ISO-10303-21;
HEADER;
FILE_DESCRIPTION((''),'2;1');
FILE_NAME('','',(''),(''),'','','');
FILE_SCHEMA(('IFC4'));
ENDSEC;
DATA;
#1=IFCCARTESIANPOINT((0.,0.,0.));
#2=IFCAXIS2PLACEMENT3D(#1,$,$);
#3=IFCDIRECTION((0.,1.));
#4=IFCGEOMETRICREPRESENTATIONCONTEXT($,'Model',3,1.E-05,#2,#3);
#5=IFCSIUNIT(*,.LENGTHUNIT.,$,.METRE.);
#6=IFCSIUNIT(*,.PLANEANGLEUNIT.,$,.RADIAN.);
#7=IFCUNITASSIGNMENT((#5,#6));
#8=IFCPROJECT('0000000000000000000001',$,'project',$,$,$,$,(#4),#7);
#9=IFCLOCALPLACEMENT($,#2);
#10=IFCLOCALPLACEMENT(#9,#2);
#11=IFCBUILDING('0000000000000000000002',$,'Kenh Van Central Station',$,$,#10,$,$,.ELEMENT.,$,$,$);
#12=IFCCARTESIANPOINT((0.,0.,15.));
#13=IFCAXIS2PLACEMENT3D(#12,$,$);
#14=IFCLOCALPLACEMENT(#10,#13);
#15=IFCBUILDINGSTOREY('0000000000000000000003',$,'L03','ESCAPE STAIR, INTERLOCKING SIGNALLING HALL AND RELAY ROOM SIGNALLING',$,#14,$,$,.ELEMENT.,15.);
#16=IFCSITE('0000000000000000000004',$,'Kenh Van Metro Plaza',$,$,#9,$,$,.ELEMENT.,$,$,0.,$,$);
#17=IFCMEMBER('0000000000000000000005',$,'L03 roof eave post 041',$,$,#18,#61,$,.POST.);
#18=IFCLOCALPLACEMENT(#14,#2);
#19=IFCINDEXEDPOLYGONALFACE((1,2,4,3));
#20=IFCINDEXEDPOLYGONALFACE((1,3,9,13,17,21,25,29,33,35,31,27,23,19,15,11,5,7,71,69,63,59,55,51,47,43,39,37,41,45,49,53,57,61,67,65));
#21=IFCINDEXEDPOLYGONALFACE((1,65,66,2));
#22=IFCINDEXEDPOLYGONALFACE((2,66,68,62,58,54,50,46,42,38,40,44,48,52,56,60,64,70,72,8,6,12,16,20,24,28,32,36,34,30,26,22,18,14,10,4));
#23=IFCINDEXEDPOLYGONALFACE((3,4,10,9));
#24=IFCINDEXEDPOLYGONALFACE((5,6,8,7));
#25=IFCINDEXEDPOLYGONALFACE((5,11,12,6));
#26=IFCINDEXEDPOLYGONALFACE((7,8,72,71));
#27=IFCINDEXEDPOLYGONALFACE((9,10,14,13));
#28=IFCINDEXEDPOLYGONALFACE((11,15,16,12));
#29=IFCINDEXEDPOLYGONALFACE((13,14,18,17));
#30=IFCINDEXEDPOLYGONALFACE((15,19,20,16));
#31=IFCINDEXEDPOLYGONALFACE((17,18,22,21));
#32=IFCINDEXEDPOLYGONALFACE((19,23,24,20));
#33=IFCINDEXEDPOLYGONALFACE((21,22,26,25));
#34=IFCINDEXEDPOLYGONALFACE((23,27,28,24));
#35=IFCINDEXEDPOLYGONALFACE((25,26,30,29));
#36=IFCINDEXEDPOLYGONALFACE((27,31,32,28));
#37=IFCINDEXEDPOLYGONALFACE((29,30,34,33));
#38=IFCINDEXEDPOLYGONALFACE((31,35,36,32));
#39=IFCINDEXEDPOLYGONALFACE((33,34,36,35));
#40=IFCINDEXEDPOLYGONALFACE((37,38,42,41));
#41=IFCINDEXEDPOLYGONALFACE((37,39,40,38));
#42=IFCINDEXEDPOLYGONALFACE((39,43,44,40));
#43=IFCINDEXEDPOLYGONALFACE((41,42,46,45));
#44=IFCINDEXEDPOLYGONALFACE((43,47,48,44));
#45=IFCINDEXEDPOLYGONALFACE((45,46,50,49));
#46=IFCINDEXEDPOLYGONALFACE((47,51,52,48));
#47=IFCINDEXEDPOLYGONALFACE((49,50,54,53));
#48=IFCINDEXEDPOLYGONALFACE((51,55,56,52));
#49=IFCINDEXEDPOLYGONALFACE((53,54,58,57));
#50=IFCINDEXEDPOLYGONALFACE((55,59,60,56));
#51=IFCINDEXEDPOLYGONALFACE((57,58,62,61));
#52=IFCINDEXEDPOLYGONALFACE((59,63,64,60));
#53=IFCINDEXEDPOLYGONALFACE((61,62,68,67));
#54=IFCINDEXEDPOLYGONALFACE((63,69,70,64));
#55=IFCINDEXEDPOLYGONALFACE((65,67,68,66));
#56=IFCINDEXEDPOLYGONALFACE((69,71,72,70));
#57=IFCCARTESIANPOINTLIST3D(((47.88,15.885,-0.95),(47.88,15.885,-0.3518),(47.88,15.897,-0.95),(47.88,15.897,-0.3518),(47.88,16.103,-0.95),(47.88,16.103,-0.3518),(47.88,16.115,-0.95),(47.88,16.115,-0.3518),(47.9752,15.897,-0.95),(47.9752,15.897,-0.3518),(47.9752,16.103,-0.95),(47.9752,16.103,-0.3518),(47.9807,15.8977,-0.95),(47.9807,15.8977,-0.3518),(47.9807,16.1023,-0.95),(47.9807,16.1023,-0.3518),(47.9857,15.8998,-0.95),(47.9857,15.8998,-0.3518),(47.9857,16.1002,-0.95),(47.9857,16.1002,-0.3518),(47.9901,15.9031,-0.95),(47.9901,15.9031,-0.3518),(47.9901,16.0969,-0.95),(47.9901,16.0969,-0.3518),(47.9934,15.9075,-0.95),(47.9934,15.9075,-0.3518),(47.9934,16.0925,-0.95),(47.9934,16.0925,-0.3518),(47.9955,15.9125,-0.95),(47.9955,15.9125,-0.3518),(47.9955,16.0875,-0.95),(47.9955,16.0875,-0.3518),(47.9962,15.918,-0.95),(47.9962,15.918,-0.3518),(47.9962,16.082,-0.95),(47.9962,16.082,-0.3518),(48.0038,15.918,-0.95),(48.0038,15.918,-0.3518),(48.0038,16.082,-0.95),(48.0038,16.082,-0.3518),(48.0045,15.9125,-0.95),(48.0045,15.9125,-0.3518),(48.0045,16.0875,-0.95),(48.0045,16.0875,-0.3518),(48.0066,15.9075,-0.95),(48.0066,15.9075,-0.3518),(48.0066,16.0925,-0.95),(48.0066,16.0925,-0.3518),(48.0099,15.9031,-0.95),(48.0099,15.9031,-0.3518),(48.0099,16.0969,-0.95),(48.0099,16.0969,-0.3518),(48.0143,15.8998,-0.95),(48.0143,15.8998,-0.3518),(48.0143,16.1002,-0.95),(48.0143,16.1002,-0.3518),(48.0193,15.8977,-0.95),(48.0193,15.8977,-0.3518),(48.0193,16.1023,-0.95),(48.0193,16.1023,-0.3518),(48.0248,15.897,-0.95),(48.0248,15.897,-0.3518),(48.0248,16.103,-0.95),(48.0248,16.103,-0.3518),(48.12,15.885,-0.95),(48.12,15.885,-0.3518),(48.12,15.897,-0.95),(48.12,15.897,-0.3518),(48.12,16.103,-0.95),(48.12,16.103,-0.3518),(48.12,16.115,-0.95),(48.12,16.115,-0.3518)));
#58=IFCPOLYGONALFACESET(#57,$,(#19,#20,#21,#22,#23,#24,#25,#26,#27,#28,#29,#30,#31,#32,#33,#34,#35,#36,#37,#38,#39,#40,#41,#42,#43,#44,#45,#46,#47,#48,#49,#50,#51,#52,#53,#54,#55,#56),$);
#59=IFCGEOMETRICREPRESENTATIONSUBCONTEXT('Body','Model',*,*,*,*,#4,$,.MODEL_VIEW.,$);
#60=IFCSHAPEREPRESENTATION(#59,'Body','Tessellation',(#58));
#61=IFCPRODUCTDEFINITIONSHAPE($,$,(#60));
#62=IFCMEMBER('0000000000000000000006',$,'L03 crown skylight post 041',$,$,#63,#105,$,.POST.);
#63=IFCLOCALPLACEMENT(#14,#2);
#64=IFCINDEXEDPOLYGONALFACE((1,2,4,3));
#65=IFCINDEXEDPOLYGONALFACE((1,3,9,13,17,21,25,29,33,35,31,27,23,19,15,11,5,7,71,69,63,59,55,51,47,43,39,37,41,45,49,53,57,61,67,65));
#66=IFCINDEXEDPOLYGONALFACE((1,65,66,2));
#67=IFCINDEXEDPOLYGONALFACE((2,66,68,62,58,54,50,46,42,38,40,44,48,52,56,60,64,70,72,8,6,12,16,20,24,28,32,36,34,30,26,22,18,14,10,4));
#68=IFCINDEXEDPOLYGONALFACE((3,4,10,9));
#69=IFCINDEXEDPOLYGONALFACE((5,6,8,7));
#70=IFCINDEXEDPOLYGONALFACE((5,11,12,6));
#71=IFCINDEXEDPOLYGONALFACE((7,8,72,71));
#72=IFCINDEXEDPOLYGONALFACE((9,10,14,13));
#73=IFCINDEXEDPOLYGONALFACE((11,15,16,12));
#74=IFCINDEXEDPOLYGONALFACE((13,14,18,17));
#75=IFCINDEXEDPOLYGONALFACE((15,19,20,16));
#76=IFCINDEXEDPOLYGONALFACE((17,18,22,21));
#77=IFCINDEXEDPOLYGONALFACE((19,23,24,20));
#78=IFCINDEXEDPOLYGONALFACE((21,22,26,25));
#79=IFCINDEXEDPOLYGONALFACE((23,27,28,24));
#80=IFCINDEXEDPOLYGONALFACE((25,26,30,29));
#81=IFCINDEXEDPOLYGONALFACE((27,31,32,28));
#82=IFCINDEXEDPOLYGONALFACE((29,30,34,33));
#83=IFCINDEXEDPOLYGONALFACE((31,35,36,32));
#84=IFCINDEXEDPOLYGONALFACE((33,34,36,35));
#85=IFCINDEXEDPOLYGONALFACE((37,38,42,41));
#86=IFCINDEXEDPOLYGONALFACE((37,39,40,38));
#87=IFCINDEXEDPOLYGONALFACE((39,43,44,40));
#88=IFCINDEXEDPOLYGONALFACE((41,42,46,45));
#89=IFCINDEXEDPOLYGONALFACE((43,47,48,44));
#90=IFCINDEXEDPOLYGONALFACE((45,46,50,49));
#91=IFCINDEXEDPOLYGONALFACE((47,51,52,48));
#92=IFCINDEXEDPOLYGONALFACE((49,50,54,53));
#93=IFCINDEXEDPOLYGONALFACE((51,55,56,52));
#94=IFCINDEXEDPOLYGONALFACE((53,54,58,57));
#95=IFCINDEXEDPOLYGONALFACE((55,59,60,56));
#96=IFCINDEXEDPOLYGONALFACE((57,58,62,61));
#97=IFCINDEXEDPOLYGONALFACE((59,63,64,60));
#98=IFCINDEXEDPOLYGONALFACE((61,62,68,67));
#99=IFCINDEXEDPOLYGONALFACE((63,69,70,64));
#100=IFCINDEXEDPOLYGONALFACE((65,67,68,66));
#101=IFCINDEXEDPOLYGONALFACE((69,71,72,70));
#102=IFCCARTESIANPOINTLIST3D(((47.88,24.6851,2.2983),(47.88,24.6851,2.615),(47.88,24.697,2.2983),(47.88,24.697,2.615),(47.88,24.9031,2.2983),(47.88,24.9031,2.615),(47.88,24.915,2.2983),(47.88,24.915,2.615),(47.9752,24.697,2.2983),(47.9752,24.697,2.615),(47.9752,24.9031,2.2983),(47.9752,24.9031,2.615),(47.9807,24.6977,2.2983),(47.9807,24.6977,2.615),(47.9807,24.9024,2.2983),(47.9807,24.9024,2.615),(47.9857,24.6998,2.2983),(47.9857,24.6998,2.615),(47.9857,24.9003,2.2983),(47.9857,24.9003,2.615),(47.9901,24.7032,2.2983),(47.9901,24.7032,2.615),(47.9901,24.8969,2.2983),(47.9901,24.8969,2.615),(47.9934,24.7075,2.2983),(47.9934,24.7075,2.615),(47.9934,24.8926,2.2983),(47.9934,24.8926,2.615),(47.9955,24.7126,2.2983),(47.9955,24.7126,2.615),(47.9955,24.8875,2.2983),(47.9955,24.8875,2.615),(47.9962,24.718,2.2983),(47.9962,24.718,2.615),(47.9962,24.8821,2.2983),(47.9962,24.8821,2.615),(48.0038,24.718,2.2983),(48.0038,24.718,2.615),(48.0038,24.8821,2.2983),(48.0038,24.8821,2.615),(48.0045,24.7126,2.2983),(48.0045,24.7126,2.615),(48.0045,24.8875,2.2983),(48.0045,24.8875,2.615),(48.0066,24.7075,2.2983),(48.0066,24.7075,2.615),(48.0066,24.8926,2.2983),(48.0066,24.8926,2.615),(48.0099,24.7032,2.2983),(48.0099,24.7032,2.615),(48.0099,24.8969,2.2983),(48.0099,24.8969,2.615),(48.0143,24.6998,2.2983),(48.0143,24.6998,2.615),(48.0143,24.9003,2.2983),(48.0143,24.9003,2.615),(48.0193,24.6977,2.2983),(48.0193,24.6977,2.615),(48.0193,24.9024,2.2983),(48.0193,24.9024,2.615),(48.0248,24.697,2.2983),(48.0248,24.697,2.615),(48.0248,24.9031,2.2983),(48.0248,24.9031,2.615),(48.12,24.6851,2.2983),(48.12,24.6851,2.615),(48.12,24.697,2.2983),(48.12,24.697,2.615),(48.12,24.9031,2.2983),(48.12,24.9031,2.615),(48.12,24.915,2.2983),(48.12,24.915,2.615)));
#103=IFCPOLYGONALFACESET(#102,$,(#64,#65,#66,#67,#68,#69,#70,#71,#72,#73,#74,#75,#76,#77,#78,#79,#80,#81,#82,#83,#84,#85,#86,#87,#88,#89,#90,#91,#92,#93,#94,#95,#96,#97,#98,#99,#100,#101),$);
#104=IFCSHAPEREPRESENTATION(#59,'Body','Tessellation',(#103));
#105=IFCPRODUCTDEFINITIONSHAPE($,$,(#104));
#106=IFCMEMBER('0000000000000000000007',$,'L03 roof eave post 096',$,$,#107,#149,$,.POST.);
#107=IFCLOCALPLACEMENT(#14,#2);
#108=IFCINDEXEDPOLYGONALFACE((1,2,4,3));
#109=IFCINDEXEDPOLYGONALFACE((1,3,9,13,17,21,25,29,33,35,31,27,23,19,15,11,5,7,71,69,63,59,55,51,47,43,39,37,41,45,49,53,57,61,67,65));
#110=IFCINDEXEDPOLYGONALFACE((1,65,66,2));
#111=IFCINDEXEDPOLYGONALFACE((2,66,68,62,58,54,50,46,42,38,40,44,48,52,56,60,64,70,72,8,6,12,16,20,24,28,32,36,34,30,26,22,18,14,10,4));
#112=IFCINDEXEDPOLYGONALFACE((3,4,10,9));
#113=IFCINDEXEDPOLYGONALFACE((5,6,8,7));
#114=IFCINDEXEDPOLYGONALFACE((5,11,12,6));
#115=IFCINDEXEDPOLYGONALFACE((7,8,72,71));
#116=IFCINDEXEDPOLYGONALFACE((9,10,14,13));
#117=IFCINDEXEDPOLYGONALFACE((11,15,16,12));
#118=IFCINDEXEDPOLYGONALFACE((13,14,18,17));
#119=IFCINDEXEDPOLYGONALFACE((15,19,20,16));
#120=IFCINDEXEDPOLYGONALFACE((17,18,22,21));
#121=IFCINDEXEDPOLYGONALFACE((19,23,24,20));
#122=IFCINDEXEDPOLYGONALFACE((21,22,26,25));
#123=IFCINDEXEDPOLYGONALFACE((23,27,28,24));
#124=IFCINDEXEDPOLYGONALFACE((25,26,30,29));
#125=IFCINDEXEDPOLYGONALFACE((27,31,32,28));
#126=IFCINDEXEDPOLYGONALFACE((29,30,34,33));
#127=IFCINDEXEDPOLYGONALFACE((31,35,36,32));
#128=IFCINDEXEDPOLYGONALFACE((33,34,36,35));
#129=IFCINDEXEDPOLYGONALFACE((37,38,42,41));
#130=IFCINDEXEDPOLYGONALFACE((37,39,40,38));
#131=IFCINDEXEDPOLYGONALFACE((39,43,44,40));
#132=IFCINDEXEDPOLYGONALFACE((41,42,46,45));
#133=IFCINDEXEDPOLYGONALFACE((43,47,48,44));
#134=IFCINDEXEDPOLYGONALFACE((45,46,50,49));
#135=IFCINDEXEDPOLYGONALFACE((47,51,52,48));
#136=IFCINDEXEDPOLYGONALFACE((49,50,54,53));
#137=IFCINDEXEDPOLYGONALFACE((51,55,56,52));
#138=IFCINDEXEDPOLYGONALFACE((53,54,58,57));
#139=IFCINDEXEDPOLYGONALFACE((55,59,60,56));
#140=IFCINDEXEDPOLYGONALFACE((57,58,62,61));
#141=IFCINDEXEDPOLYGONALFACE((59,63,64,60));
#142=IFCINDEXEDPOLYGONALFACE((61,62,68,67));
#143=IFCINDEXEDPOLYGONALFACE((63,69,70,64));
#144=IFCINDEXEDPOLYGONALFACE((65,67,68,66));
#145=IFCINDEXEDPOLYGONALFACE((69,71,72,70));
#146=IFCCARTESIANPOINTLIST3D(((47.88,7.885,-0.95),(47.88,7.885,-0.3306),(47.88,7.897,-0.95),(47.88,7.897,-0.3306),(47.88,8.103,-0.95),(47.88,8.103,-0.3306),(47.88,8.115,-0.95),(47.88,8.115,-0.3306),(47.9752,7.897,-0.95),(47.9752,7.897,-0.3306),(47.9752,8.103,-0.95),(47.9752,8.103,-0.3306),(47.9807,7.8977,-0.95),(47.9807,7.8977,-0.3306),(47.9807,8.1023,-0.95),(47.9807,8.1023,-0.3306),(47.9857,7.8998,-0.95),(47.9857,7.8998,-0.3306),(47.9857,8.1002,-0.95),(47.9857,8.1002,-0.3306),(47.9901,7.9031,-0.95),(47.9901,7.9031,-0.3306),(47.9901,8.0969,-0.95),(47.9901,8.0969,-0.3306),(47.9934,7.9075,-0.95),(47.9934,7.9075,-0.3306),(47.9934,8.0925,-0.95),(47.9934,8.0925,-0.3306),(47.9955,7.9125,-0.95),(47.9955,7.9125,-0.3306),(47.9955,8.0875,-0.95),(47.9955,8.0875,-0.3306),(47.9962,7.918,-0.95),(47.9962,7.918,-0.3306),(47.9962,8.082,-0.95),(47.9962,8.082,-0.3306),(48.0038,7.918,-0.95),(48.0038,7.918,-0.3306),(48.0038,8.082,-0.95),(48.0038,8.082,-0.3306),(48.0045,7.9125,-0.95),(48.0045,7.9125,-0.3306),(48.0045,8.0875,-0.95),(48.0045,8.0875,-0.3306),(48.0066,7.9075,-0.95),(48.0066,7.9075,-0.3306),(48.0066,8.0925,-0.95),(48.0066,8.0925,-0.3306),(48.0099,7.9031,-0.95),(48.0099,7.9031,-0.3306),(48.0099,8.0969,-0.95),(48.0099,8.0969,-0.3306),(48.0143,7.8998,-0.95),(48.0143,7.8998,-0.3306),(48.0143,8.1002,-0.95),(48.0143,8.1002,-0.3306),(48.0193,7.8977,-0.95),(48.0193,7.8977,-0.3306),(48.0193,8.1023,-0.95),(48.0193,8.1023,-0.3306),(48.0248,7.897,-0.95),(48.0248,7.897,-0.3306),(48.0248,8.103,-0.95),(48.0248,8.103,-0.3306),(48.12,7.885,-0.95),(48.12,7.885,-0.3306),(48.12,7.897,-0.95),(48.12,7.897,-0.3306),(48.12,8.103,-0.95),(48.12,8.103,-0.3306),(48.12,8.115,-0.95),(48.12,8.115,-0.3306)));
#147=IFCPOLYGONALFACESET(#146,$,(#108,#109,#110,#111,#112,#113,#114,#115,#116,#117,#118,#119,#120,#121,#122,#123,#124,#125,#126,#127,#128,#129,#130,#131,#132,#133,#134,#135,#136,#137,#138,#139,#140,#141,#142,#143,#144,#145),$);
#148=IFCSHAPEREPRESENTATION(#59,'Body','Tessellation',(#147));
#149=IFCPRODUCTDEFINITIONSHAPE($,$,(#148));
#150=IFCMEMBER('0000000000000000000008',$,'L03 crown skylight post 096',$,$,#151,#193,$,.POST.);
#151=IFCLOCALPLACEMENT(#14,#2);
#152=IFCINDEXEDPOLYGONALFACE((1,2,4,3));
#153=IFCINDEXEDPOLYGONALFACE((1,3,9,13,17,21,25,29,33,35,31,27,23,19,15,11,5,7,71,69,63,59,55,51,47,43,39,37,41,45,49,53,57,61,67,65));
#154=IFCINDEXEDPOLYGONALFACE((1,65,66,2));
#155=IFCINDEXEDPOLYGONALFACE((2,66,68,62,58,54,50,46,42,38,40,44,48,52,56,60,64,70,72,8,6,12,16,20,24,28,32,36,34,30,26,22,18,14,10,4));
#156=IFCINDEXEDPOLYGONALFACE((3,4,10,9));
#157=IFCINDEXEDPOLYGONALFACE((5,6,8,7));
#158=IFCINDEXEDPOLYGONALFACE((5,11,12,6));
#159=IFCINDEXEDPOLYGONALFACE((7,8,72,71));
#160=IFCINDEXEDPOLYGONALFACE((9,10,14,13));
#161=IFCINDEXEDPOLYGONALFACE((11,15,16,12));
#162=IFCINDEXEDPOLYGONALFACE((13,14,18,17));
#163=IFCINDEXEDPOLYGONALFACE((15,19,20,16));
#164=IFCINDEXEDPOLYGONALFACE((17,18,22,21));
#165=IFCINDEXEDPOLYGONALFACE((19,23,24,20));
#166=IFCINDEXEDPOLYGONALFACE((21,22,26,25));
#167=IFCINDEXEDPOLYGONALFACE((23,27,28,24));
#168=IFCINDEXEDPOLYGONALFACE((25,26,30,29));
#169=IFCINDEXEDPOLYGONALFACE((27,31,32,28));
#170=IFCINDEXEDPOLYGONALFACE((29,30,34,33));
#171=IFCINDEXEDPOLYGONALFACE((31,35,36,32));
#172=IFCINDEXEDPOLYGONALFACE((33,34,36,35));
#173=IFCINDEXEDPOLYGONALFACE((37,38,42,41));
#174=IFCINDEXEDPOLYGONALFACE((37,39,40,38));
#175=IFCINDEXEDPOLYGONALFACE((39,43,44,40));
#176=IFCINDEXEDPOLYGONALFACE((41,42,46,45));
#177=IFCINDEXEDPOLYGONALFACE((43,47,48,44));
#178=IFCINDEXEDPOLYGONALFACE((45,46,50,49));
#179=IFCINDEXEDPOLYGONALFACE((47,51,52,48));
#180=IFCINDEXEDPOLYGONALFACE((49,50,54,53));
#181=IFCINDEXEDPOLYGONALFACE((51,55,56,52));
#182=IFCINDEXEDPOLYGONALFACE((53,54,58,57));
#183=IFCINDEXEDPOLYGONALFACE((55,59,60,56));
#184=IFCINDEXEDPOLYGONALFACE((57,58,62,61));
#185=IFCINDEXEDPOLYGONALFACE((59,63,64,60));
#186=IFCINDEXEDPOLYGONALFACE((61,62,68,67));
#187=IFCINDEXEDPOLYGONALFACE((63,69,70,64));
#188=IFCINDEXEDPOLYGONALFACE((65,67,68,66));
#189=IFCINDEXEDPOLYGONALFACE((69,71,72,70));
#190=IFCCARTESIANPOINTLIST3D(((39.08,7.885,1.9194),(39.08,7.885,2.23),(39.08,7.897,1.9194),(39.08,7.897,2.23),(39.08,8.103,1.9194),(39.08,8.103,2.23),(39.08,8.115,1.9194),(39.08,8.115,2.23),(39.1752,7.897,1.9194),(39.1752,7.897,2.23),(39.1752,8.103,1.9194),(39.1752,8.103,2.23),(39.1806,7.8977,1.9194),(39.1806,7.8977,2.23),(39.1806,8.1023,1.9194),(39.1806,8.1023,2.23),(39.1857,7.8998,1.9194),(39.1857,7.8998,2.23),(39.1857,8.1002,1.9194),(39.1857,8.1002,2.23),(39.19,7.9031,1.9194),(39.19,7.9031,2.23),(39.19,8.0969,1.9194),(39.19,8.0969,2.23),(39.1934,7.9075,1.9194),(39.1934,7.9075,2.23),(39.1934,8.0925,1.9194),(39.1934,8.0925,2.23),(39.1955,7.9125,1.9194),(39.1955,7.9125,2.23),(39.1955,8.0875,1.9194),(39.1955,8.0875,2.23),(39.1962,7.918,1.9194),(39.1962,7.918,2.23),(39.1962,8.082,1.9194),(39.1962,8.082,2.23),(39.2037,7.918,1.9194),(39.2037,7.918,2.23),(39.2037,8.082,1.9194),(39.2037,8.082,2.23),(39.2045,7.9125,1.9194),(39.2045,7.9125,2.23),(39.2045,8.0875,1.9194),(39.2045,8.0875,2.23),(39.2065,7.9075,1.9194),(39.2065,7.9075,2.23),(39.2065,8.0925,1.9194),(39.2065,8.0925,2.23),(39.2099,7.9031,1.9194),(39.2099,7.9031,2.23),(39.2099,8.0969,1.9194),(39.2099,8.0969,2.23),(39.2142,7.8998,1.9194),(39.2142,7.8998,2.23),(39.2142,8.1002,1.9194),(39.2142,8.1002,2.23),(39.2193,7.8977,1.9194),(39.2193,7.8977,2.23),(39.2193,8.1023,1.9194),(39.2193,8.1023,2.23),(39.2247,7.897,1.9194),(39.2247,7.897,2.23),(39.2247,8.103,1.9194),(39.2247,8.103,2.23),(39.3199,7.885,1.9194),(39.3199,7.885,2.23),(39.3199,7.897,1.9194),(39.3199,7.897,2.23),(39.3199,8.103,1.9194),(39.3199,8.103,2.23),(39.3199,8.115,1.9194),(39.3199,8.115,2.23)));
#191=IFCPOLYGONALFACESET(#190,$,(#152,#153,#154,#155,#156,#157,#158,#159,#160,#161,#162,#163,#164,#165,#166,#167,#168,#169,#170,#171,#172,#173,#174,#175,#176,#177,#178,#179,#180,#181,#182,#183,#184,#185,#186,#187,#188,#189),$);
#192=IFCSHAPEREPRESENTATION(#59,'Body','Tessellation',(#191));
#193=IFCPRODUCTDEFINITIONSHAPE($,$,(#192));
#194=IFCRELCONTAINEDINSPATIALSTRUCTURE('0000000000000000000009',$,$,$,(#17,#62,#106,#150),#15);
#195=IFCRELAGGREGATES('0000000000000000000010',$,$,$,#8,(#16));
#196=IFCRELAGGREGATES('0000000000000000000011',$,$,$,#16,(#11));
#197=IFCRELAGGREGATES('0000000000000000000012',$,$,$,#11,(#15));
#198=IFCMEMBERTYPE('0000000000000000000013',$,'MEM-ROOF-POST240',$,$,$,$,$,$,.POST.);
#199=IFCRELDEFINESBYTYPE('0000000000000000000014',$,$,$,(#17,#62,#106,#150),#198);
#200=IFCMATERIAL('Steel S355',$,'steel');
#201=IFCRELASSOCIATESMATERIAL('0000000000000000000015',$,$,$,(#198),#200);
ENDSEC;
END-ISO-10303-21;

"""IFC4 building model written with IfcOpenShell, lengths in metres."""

from ifc_helpers import new_model, si_unit, direction, frame, origin, origin_2d, place, context, subcontext, project, spatial, i_section, extrude, material, material_profile, profile_set, type_object, element, save


model = new_model("IFC4")

# Units and contexts
model_context = context("Model", 3, precision=1e-05, world=origin(), true_north=direction((0.0, 1.0)))
body_context = subcontext(model_context, "Body", "Model", "MODEL_VIEW")
ifc_project = project(units=[si_unit("LENGTHUNIT", "METRE"), si_unit("PLANEANGLEUNIT", "RADIAN")], contexts=[model_context])

# Site, building, storey
site_placement = place(None, origin())
site = spatial("IfcSite", under=ifc_project, at=site_placement, Name="Kenh Van Metro Plaza", CompositionType="ELEMENT", RefElevation=0.0)
building_placement = place(site_placement, origin())
building = spatial("IfcBuilding", under=site, at=building_placement, Name="Kenh Van Central Station", CompositionType="ELEMENT")
storey_placement = place(building_placement, frame((0.0, 0.0, 15.0)))
storey = spatial("IfcBuildingStorey", under=building, at=storey_placement, Name="L03", Description="ESCAPE STAIR, INTERLOCKING SIGNALLING HALL AND RELAY ROOM SIGNALLING", CompositionType="ELEMENT", Elevation=15.0)

# Shared definitions
ifc_material_1 = material(Name="Steel S355", Category="steel")

# Members
ifc_material_profile_1 = material_profile(ifc_material_1, i_section(OverallWidth=0.24, OverallDepth=0.23, WebThickness=0.0076, FlangeThickness=0.012, FilletRadius=0.021, at=origin_2d()), Name="HEA 240")
ifc_profile_set_1 = profile_set([ifc_material_profile_1], Name="Steel S355")
member_type_1 = type_object("IfcMemberType", Name="MEM-ROOF-POST240", PredefinedType="POST", material=ifc_profile_set_1)
member_1_placement = place(storey_placement, frame((48.0, 16.0, -0.95), z_axis=(0.0, 0.0, 1.0), x_axis=(1.0, 0.0, 0.0)))
element("IfcMember", 1, at=member_1_placement, inside=storey, type_object=member_type_1, Name="L03 roof eave post 041", PredefinedType="POST", context=body_context, shape_type="SweptSolid", body=[
    extrude(i_section(OverallWidth=0.24, OverallDepth=0.23, WebThickness=0.0076, FlangeThickness=0.012, FilletRadius=0.021, at=origin_2d()), origin(), (0.0, 0.0, 1.0), 0.5981),
])
member_2_placement = place(storey_placement, frame((48.0, 24.8, 2.2983), z_axis=(0.0, 0.0, 1.0), x_axis=(1.0, 0.0, 0.0)))
element("IfcMember", 2, at=member_2_placement, inside=storey, type_object=member_type_1, Name="L03 crown skylight post 041", PredefinedType="POST", context=body_context, shape_type="SweptSolid", body=[
    extrude(i_section(OverallWidth=0.24, OverallDepth=0.23, WebThickness=0.0076, FlangeThickness=0.012, FilletRadius=0.021, at=origin_2d()), origin(), (0.0, 0.0, 1.0), 0.3167),
])
member_3_placement = place(storey_placement, frame((48.0, 8.0, -0.95), z_axis=(0.0, 0.0, 1.0), x_axis=(1.0, 0.0, 0.0)))
element("IfcMember", 3, at=member_3_placement, inside=storey, type_object=member_type_1, Name="L03 roof eave post 096", PredefinedType="POST", context=body_context, shape_type="SweptSolid", body=[
    extrude(i_section(OverallWidth=0.24, OverallDepth=0.23, WebThickness=0.0076, FlangeThickness=0.012, FilletRadius=0.021, at=origin_2d()), origin(), (0.0, 0.0, 1.0), 0.6194),
])
for number, where, z_axis, x_axis, name in (
    (4, (39.2, 8.0, 1.9194), (0.0, 0.0, 1.0), (1.0, 0.0, 0.0), "L03 crown skylight post 096"),
):
    element("IfcMember", number, at=place(storey_placement, frame(where, z_axis=z_axis, x_axis=x_axis)), inside=storey, type_object=member_type_1, Name=name, PredefinedType="POST", context=body_context, shape_type="SweptSolid", body=[
        extrude(i_section(OverallWidth=0.24, OverallDepth=0.23, WebThickness=0.0076, FlangeThickness=0.012, FilletRadius=0.021, at=origin_2d()), origin(), (0.0, 0.0, 1.0), 0.3105),
    ])

save(model, "model.ifc")
